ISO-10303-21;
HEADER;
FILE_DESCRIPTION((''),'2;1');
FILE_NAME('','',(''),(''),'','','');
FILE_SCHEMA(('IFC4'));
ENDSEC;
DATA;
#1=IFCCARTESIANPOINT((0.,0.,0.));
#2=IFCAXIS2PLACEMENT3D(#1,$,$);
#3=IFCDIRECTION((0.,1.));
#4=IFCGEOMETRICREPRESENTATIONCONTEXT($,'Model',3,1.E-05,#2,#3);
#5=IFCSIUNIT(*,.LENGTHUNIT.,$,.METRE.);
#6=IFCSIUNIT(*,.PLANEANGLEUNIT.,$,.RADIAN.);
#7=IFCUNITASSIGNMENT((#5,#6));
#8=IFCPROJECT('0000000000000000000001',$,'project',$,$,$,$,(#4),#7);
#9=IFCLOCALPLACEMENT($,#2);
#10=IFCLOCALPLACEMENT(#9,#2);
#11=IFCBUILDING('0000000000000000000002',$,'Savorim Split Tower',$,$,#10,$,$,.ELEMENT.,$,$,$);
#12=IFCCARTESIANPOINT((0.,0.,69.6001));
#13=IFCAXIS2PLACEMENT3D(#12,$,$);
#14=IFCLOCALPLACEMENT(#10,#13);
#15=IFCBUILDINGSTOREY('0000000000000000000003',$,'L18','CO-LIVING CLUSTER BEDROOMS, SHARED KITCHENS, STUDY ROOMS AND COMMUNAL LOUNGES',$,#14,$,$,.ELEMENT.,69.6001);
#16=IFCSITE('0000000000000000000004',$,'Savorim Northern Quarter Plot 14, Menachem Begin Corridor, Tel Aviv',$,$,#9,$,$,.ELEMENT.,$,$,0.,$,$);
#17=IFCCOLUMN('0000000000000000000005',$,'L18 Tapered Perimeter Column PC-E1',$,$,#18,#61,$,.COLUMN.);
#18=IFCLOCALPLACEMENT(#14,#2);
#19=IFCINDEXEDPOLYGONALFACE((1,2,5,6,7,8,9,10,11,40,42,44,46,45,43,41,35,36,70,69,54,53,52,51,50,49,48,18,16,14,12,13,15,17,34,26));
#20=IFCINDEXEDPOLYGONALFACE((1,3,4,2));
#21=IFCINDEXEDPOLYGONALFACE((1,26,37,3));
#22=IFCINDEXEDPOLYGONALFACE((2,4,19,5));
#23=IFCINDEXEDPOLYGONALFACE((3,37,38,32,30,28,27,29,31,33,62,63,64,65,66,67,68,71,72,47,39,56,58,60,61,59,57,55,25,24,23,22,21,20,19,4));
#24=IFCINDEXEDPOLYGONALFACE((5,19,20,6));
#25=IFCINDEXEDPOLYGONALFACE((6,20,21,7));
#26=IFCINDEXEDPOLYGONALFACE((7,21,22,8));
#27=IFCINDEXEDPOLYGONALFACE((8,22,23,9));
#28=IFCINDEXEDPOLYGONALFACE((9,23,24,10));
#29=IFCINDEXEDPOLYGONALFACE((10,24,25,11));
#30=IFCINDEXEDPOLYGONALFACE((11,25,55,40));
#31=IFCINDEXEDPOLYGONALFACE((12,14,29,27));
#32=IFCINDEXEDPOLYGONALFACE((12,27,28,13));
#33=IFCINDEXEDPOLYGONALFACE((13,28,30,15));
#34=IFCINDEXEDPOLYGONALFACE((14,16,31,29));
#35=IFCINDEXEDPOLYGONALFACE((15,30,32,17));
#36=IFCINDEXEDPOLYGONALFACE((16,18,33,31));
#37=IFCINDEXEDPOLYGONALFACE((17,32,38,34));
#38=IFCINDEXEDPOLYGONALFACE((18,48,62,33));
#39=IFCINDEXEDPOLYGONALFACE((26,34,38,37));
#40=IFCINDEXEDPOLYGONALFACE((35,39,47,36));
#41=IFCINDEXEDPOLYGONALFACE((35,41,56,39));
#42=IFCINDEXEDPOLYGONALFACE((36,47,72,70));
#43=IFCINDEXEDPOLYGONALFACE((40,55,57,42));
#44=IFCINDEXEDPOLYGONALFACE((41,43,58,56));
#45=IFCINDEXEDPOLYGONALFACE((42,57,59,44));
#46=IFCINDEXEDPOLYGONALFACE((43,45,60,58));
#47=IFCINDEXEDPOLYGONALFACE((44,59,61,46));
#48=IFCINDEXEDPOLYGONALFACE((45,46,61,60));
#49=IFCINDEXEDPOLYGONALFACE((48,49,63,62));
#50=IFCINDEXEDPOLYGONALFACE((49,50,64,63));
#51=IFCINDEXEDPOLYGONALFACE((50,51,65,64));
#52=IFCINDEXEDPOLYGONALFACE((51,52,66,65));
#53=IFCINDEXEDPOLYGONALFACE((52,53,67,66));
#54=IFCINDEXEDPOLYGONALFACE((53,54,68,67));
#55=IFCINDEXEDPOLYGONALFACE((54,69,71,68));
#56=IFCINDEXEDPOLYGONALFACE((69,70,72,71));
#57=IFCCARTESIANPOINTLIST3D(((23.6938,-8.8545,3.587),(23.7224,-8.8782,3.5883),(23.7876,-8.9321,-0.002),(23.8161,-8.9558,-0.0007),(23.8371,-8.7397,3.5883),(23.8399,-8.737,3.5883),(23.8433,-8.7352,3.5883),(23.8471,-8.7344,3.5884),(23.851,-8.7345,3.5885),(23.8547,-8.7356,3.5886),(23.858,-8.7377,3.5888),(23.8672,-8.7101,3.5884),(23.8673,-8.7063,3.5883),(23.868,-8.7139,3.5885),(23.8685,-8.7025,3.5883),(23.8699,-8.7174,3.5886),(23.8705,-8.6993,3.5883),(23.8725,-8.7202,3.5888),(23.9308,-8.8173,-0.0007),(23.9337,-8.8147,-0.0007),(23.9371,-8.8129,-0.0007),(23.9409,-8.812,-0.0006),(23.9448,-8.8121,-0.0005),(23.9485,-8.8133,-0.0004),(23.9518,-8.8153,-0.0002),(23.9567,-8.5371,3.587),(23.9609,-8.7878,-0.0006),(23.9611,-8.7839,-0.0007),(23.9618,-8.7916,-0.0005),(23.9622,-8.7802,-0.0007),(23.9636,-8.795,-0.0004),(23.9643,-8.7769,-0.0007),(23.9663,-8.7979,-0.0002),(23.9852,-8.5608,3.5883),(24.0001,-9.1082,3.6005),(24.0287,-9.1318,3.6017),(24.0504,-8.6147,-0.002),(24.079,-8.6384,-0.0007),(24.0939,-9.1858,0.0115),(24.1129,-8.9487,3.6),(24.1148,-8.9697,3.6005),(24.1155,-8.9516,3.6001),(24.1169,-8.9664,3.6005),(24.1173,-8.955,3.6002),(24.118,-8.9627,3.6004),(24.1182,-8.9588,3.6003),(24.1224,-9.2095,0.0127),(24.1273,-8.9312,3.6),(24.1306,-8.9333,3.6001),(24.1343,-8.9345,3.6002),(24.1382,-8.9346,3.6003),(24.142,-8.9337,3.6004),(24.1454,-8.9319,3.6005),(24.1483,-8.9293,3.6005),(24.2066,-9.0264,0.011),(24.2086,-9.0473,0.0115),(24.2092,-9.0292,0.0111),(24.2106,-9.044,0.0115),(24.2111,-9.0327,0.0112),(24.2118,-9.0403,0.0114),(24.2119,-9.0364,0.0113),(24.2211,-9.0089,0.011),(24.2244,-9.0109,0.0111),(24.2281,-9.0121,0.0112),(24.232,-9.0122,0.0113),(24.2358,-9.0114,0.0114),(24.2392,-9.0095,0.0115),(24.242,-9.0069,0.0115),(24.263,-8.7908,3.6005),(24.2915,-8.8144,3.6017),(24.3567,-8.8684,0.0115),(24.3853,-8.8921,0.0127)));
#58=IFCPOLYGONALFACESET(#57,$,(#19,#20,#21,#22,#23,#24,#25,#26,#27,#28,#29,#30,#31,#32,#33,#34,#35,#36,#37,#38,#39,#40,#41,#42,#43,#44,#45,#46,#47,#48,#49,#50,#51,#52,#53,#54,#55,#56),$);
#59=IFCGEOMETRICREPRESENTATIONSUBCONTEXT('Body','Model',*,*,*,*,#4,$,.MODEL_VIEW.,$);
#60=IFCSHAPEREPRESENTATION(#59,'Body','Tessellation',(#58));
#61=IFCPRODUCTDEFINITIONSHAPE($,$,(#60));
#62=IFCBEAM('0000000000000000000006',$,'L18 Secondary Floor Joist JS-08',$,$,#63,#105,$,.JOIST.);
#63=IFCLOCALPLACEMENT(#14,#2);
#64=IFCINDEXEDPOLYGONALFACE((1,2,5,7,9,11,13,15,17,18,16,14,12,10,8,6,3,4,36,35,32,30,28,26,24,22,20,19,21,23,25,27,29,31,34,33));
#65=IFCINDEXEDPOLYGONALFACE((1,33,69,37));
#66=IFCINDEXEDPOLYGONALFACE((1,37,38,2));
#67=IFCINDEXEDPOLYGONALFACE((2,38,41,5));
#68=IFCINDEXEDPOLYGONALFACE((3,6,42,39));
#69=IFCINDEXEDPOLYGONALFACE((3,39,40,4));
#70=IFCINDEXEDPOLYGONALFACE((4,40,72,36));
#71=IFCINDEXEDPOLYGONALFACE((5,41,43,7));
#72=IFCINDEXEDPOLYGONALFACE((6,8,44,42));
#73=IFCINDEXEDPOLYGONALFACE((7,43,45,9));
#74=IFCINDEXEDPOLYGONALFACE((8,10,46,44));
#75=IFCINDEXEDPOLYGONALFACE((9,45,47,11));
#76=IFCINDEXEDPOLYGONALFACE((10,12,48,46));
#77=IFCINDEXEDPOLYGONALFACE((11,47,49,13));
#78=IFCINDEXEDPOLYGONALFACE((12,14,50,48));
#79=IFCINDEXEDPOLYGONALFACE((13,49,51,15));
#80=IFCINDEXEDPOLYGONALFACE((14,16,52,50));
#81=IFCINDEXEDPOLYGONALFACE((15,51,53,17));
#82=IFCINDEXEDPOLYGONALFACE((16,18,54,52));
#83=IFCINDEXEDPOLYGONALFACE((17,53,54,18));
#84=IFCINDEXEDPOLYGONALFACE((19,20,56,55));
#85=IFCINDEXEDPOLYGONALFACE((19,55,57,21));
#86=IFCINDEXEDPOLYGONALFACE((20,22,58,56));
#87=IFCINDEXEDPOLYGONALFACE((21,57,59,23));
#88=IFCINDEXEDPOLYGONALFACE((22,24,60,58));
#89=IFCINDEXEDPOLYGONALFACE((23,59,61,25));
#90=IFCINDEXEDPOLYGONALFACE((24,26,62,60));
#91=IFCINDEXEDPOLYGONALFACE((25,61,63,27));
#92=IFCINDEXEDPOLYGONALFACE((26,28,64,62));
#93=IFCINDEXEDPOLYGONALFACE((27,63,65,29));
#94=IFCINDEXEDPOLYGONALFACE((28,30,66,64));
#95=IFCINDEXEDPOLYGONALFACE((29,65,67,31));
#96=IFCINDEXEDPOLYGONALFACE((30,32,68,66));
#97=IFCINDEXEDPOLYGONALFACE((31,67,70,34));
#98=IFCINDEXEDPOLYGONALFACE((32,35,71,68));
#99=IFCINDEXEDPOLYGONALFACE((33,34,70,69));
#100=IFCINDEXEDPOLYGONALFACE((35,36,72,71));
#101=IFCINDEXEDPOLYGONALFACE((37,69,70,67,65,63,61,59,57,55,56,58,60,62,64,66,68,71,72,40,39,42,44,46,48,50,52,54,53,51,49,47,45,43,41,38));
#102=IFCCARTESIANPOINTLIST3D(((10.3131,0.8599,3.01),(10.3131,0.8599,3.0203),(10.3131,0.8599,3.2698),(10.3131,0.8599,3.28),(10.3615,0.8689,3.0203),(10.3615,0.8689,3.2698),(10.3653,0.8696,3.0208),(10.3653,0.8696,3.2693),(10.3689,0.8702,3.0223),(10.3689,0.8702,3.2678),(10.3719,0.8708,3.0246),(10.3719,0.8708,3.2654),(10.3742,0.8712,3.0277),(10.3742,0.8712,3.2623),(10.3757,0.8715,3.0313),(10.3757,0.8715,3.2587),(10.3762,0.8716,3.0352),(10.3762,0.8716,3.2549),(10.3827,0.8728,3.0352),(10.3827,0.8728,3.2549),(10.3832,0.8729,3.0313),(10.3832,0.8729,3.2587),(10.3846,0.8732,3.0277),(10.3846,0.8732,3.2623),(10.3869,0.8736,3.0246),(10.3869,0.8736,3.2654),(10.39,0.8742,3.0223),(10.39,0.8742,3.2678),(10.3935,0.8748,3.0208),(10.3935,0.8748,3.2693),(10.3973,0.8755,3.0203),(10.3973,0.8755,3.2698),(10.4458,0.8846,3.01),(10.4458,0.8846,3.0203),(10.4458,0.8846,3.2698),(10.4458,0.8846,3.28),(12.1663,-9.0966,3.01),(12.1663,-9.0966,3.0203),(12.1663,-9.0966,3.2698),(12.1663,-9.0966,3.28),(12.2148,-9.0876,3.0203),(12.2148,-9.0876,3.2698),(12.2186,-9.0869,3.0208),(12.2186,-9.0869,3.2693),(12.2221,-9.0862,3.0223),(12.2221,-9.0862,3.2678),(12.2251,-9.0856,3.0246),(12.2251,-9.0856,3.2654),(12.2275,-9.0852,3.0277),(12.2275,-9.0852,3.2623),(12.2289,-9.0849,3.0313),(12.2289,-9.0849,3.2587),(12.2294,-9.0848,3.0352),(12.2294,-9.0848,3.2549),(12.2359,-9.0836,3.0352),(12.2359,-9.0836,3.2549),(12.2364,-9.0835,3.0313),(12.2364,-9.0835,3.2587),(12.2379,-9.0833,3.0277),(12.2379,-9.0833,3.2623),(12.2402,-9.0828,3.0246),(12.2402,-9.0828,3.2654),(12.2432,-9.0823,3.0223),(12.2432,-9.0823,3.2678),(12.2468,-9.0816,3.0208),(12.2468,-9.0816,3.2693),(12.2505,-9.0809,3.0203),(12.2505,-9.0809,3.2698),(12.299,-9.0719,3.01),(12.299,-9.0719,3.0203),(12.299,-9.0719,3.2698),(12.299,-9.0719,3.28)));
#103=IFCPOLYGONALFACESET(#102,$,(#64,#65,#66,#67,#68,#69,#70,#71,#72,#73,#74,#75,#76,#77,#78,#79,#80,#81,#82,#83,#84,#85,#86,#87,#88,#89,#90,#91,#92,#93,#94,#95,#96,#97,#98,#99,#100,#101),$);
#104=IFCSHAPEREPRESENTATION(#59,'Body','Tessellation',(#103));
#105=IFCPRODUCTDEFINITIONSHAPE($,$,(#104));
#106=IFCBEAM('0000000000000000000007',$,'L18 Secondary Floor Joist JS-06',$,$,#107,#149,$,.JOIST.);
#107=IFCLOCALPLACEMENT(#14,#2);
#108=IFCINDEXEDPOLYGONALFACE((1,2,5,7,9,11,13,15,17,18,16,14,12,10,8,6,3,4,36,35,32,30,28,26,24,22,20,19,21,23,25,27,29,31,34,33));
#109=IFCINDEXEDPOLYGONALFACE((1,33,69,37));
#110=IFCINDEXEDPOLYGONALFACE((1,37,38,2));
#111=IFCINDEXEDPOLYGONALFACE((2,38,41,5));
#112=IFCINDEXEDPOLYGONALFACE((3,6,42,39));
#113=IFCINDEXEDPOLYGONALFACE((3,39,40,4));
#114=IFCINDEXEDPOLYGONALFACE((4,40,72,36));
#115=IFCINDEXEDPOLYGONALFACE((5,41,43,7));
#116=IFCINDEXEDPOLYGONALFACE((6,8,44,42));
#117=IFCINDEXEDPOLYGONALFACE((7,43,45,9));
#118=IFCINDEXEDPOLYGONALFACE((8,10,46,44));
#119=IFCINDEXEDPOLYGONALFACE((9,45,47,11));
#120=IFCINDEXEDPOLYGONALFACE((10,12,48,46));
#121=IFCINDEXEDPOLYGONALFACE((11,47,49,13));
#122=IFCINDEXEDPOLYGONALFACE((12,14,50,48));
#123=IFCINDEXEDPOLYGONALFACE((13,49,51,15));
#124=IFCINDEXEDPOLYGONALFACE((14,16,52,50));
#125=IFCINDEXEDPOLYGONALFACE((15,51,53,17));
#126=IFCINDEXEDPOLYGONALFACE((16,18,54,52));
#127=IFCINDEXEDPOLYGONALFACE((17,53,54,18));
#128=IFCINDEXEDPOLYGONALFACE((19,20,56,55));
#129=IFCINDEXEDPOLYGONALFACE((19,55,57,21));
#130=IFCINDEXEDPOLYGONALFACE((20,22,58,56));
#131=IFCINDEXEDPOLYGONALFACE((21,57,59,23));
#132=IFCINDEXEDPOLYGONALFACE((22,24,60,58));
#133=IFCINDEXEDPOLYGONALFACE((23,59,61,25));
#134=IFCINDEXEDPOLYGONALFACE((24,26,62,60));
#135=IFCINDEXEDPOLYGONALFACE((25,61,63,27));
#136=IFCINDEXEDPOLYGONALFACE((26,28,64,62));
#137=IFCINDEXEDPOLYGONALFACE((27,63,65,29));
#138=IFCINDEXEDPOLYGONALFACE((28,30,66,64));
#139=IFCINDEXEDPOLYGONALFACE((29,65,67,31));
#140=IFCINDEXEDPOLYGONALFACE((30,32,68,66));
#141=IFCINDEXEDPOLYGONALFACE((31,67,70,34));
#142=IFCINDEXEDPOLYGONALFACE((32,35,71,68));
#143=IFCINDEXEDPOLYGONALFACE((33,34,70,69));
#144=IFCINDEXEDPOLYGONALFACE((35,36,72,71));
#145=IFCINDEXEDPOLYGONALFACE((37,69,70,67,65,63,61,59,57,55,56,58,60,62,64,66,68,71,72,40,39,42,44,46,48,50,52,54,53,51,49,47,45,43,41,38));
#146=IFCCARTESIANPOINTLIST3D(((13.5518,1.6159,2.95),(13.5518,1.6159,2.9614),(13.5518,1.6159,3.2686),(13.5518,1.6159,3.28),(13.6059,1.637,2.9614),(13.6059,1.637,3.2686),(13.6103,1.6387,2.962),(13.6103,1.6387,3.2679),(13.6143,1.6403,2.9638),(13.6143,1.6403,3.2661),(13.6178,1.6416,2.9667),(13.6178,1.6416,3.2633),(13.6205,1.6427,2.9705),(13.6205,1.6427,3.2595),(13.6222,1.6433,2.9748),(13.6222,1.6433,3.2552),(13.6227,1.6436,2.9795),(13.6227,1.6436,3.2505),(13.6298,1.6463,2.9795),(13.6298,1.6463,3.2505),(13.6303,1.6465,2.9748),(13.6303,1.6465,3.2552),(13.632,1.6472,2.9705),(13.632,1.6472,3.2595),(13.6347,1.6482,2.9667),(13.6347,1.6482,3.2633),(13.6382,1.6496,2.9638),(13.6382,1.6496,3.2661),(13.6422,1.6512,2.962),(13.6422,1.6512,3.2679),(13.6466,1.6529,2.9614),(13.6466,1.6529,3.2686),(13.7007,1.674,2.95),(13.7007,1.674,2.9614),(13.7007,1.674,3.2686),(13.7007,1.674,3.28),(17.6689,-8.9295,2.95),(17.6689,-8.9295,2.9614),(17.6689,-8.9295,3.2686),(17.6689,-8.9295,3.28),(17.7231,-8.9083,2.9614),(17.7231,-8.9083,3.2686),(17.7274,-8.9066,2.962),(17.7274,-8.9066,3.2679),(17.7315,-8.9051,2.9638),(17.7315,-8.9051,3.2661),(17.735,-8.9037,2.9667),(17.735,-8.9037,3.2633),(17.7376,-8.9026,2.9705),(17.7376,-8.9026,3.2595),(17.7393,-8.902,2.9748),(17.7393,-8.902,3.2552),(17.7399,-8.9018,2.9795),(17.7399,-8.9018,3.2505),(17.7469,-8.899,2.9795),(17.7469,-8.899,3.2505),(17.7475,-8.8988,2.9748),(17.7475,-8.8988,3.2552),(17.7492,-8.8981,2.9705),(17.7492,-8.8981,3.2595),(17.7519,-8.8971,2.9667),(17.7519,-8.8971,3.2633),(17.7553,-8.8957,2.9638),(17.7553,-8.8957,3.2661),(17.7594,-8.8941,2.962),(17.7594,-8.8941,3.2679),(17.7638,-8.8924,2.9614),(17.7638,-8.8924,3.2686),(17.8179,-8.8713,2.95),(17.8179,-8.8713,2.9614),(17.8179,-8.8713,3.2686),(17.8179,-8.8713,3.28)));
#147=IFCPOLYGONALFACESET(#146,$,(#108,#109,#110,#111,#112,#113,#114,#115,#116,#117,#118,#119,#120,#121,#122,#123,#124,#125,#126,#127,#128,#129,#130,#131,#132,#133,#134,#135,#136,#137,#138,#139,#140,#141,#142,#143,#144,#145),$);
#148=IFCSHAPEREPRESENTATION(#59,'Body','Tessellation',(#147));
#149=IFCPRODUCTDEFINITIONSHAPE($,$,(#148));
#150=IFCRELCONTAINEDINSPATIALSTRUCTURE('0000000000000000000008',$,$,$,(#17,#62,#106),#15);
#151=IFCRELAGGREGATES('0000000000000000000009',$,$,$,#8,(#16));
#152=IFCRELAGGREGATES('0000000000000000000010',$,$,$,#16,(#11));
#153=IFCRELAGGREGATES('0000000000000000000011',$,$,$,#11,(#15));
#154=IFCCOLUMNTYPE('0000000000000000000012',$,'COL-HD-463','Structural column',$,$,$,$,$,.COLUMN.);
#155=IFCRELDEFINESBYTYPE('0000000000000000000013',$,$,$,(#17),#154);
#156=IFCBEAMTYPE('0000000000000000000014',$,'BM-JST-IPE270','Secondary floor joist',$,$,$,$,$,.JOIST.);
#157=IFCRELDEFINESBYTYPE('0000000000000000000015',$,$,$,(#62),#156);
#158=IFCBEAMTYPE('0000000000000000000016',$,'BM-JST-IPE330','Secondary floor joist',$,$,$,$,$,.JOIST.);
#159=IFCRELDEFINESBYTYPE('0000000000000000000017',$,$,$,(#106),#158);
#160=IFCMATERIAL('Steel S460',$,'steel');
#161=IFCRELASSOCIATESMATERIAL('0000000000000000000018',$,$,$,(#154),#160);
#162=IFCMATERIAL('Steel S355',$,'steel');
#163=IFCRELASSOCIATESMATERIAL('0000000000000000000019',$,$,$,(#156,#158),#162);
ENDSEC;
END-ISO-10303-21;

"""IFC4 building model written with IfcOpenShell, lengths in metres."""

from ifc_helpers import new_model, si_unit, direction, frame, origin, origin_2d, place, context, subcontext, project, spatial, i_section, extrude, material, material_profile, profile_set, type_object, element, save


model = new_model("IFC4")

# Units and contexts
model_context = context("Model", 3, precision=1e-05, world=origin(), true_north=direction((0.0, 1.0)))
body_context = subcontext(model_context, "Body", "Model", "MODEL_VIEW")
ifc_project = project(units=[si_unit("LENGTHUNIT", "METRE"), si_unit("PLANEANGLEUNIT", "RADIAN")], contexts=[model_context])

# Site, building, storey
site_placement = place(None, origin())
site = spatial("IfcSite", under=ifc_project, at=site_placement, Name="Savorim Northern Quarter Plot 14, Menachem Begin Corridor, Tel Aviv", CompositionType="ELEMENT", RefElevation=0.0)
building_placement = place(site_placement, origin())
building = spatial("IfcBuilding", under=site, at=building_placement, Name="Savorim Split Tower", CompositionType="ELEMENT")
storey_placement = place(building_placement, frame((0.0, 0.0, 69.6001)))
storey = spatial("IfcBuildingStorey", under=building, at=storey_placement, Name="L18", Description="CO-LIVING CLUSTER BEDROOMS, SHARED KITCHENS, STUDY ROOMS AND COMMUNAL LOUNGES", CompositionType="ELEMENT", Elevation=69.6001)

# Column
ifc_material_1 = material(Name="Steel S460", Category="steel")
ifc_material_profile_1 = material_profile(ifc_material_1, i_section(OverallWidth=0.4121, OverallDepth=0.4351, WebThickness=0.0227, FlangeThickness=0.0371, FilletRadius=0.0149, at=origin_2d()), Name="HD 400x463")
ifc_profile_set_1 = profile_set([ifc_material_profile_1], Name="Steel S460")
column_type = type_object("IfcColumnType", Name="COL-HD-463", Description="Structural column", PredefinedType="COLUMN", material=ifc_profile_set_1)
column_placement = place(storey_placement, frame((24.0864, -8.9121, 0.0054), z_axis=(-0.026106, 0.021619, 0.999425), x_axis=(-0.637814, -0.77019, 0.0)))
element("IfcColumn", 1, at=column_placement, inside=storey, type_object=column_type, Name="L18 Tapered Perimeter Column PC-E1", PredefinedType="COLUMN", context=body_context, shape_type="SweptSolid", body=[
    extrude(i_section(OverallWidth=0.4121, OverallDepth=0.4351, WebThickness=0.0227, FlangeThickness=0.0371, FilletRadius=0.0149, at=origin_2d()), origin(), (0.0, 0.0, 1.0), 3.5911),
])

# Beams
ifc_material_2 = material(Name="Steel S355", Category="steel")
ifc_material_profile_2 = material_profile(ifc_material_2, i_section(OverallWidth=0.135, OverallDepth=0.27, WebThickness=0.0066, FlangeThickness=0.0103, FilletRadius=0.0149, at=origin_2d()), Name="IPE 270")
ifc_profile_set_2 = profile_set([ifc_material_profile_2], Name="Steel S355")
beam_type_1 = type_object("IfcBeamType", Name="BM-JST-IPE270", Description="Secondary floor joist", PredefinedType="JOIST", material=ifc_profile_set_2)
beam_1_placement = place(storey_placement, frame((12.2327, -9.0842, 3.145), z_axis=(-0.182993, 0.983114, 0.0), x_axis=(-0.983114, -0.182993, 0.0)))
element("IfcBeam", 2, at=beam_1_placement, inside=storey, type_object=beam_type_1, Name="L18 Secondary Floor Joist JS-08", PredefinedType="JOIST", context=body_context, shape_type="SweptSolid", body=[
    extrude(i_section(OverallWidth=0.135, OverallDepth=0.27, WebThickness=0.0066, FlangeThickness=0.0103, FilletRadius=0.0149, at=origin_2d()), origin(), (0.0, 0.0, 1.0), 10.1274),
])
ifc_material_profile_3 = material_profile(ifc_material_2, i_section(OverallWidth=0.1599, OverallDepth=0.3301, WebThickness=0.0076, FlangeThickness=0.0115, FilletRadius=0.0181, at=origin_2d()), Name="IPE 330")
ifc_profile_set_3 = profile_set([ifc_material_profile_3], Name="Steel S355")
beam_type_2 = type_object("IfcBeamType", Name="BM-JST-IPE330", Description="Secondary floor joist", PredefinedType="JOIST", material=ifc_profile_set_3)
beam_2_placement = place(storey_placement, frame((17.7434, -8.9004, 3.115), z_axis=(-0.363689, 0.931521, 0.0), x_axis=(-0.931521, -0.363689, 0.0)))
element("IfcBeam", 3, at=beam_2_placement, inside=storey, type_object=beam_type_2, Name="L18 Secondary Floor Joist JS-06", PredefinedType="JOIST", context=body_context, shape_type="SweptSolid", body=[
    extrude(i_section(OverallWidth=0.1599, OverallDepth=0.3301, WebThickness=0.0076, FlangeThickness=0.0115, FilletRadius=0.0181, at=origin_2d()), origin(), (0.0, 0.0, 1.0), 11.3206),
])

save(model, "model.ifc")
